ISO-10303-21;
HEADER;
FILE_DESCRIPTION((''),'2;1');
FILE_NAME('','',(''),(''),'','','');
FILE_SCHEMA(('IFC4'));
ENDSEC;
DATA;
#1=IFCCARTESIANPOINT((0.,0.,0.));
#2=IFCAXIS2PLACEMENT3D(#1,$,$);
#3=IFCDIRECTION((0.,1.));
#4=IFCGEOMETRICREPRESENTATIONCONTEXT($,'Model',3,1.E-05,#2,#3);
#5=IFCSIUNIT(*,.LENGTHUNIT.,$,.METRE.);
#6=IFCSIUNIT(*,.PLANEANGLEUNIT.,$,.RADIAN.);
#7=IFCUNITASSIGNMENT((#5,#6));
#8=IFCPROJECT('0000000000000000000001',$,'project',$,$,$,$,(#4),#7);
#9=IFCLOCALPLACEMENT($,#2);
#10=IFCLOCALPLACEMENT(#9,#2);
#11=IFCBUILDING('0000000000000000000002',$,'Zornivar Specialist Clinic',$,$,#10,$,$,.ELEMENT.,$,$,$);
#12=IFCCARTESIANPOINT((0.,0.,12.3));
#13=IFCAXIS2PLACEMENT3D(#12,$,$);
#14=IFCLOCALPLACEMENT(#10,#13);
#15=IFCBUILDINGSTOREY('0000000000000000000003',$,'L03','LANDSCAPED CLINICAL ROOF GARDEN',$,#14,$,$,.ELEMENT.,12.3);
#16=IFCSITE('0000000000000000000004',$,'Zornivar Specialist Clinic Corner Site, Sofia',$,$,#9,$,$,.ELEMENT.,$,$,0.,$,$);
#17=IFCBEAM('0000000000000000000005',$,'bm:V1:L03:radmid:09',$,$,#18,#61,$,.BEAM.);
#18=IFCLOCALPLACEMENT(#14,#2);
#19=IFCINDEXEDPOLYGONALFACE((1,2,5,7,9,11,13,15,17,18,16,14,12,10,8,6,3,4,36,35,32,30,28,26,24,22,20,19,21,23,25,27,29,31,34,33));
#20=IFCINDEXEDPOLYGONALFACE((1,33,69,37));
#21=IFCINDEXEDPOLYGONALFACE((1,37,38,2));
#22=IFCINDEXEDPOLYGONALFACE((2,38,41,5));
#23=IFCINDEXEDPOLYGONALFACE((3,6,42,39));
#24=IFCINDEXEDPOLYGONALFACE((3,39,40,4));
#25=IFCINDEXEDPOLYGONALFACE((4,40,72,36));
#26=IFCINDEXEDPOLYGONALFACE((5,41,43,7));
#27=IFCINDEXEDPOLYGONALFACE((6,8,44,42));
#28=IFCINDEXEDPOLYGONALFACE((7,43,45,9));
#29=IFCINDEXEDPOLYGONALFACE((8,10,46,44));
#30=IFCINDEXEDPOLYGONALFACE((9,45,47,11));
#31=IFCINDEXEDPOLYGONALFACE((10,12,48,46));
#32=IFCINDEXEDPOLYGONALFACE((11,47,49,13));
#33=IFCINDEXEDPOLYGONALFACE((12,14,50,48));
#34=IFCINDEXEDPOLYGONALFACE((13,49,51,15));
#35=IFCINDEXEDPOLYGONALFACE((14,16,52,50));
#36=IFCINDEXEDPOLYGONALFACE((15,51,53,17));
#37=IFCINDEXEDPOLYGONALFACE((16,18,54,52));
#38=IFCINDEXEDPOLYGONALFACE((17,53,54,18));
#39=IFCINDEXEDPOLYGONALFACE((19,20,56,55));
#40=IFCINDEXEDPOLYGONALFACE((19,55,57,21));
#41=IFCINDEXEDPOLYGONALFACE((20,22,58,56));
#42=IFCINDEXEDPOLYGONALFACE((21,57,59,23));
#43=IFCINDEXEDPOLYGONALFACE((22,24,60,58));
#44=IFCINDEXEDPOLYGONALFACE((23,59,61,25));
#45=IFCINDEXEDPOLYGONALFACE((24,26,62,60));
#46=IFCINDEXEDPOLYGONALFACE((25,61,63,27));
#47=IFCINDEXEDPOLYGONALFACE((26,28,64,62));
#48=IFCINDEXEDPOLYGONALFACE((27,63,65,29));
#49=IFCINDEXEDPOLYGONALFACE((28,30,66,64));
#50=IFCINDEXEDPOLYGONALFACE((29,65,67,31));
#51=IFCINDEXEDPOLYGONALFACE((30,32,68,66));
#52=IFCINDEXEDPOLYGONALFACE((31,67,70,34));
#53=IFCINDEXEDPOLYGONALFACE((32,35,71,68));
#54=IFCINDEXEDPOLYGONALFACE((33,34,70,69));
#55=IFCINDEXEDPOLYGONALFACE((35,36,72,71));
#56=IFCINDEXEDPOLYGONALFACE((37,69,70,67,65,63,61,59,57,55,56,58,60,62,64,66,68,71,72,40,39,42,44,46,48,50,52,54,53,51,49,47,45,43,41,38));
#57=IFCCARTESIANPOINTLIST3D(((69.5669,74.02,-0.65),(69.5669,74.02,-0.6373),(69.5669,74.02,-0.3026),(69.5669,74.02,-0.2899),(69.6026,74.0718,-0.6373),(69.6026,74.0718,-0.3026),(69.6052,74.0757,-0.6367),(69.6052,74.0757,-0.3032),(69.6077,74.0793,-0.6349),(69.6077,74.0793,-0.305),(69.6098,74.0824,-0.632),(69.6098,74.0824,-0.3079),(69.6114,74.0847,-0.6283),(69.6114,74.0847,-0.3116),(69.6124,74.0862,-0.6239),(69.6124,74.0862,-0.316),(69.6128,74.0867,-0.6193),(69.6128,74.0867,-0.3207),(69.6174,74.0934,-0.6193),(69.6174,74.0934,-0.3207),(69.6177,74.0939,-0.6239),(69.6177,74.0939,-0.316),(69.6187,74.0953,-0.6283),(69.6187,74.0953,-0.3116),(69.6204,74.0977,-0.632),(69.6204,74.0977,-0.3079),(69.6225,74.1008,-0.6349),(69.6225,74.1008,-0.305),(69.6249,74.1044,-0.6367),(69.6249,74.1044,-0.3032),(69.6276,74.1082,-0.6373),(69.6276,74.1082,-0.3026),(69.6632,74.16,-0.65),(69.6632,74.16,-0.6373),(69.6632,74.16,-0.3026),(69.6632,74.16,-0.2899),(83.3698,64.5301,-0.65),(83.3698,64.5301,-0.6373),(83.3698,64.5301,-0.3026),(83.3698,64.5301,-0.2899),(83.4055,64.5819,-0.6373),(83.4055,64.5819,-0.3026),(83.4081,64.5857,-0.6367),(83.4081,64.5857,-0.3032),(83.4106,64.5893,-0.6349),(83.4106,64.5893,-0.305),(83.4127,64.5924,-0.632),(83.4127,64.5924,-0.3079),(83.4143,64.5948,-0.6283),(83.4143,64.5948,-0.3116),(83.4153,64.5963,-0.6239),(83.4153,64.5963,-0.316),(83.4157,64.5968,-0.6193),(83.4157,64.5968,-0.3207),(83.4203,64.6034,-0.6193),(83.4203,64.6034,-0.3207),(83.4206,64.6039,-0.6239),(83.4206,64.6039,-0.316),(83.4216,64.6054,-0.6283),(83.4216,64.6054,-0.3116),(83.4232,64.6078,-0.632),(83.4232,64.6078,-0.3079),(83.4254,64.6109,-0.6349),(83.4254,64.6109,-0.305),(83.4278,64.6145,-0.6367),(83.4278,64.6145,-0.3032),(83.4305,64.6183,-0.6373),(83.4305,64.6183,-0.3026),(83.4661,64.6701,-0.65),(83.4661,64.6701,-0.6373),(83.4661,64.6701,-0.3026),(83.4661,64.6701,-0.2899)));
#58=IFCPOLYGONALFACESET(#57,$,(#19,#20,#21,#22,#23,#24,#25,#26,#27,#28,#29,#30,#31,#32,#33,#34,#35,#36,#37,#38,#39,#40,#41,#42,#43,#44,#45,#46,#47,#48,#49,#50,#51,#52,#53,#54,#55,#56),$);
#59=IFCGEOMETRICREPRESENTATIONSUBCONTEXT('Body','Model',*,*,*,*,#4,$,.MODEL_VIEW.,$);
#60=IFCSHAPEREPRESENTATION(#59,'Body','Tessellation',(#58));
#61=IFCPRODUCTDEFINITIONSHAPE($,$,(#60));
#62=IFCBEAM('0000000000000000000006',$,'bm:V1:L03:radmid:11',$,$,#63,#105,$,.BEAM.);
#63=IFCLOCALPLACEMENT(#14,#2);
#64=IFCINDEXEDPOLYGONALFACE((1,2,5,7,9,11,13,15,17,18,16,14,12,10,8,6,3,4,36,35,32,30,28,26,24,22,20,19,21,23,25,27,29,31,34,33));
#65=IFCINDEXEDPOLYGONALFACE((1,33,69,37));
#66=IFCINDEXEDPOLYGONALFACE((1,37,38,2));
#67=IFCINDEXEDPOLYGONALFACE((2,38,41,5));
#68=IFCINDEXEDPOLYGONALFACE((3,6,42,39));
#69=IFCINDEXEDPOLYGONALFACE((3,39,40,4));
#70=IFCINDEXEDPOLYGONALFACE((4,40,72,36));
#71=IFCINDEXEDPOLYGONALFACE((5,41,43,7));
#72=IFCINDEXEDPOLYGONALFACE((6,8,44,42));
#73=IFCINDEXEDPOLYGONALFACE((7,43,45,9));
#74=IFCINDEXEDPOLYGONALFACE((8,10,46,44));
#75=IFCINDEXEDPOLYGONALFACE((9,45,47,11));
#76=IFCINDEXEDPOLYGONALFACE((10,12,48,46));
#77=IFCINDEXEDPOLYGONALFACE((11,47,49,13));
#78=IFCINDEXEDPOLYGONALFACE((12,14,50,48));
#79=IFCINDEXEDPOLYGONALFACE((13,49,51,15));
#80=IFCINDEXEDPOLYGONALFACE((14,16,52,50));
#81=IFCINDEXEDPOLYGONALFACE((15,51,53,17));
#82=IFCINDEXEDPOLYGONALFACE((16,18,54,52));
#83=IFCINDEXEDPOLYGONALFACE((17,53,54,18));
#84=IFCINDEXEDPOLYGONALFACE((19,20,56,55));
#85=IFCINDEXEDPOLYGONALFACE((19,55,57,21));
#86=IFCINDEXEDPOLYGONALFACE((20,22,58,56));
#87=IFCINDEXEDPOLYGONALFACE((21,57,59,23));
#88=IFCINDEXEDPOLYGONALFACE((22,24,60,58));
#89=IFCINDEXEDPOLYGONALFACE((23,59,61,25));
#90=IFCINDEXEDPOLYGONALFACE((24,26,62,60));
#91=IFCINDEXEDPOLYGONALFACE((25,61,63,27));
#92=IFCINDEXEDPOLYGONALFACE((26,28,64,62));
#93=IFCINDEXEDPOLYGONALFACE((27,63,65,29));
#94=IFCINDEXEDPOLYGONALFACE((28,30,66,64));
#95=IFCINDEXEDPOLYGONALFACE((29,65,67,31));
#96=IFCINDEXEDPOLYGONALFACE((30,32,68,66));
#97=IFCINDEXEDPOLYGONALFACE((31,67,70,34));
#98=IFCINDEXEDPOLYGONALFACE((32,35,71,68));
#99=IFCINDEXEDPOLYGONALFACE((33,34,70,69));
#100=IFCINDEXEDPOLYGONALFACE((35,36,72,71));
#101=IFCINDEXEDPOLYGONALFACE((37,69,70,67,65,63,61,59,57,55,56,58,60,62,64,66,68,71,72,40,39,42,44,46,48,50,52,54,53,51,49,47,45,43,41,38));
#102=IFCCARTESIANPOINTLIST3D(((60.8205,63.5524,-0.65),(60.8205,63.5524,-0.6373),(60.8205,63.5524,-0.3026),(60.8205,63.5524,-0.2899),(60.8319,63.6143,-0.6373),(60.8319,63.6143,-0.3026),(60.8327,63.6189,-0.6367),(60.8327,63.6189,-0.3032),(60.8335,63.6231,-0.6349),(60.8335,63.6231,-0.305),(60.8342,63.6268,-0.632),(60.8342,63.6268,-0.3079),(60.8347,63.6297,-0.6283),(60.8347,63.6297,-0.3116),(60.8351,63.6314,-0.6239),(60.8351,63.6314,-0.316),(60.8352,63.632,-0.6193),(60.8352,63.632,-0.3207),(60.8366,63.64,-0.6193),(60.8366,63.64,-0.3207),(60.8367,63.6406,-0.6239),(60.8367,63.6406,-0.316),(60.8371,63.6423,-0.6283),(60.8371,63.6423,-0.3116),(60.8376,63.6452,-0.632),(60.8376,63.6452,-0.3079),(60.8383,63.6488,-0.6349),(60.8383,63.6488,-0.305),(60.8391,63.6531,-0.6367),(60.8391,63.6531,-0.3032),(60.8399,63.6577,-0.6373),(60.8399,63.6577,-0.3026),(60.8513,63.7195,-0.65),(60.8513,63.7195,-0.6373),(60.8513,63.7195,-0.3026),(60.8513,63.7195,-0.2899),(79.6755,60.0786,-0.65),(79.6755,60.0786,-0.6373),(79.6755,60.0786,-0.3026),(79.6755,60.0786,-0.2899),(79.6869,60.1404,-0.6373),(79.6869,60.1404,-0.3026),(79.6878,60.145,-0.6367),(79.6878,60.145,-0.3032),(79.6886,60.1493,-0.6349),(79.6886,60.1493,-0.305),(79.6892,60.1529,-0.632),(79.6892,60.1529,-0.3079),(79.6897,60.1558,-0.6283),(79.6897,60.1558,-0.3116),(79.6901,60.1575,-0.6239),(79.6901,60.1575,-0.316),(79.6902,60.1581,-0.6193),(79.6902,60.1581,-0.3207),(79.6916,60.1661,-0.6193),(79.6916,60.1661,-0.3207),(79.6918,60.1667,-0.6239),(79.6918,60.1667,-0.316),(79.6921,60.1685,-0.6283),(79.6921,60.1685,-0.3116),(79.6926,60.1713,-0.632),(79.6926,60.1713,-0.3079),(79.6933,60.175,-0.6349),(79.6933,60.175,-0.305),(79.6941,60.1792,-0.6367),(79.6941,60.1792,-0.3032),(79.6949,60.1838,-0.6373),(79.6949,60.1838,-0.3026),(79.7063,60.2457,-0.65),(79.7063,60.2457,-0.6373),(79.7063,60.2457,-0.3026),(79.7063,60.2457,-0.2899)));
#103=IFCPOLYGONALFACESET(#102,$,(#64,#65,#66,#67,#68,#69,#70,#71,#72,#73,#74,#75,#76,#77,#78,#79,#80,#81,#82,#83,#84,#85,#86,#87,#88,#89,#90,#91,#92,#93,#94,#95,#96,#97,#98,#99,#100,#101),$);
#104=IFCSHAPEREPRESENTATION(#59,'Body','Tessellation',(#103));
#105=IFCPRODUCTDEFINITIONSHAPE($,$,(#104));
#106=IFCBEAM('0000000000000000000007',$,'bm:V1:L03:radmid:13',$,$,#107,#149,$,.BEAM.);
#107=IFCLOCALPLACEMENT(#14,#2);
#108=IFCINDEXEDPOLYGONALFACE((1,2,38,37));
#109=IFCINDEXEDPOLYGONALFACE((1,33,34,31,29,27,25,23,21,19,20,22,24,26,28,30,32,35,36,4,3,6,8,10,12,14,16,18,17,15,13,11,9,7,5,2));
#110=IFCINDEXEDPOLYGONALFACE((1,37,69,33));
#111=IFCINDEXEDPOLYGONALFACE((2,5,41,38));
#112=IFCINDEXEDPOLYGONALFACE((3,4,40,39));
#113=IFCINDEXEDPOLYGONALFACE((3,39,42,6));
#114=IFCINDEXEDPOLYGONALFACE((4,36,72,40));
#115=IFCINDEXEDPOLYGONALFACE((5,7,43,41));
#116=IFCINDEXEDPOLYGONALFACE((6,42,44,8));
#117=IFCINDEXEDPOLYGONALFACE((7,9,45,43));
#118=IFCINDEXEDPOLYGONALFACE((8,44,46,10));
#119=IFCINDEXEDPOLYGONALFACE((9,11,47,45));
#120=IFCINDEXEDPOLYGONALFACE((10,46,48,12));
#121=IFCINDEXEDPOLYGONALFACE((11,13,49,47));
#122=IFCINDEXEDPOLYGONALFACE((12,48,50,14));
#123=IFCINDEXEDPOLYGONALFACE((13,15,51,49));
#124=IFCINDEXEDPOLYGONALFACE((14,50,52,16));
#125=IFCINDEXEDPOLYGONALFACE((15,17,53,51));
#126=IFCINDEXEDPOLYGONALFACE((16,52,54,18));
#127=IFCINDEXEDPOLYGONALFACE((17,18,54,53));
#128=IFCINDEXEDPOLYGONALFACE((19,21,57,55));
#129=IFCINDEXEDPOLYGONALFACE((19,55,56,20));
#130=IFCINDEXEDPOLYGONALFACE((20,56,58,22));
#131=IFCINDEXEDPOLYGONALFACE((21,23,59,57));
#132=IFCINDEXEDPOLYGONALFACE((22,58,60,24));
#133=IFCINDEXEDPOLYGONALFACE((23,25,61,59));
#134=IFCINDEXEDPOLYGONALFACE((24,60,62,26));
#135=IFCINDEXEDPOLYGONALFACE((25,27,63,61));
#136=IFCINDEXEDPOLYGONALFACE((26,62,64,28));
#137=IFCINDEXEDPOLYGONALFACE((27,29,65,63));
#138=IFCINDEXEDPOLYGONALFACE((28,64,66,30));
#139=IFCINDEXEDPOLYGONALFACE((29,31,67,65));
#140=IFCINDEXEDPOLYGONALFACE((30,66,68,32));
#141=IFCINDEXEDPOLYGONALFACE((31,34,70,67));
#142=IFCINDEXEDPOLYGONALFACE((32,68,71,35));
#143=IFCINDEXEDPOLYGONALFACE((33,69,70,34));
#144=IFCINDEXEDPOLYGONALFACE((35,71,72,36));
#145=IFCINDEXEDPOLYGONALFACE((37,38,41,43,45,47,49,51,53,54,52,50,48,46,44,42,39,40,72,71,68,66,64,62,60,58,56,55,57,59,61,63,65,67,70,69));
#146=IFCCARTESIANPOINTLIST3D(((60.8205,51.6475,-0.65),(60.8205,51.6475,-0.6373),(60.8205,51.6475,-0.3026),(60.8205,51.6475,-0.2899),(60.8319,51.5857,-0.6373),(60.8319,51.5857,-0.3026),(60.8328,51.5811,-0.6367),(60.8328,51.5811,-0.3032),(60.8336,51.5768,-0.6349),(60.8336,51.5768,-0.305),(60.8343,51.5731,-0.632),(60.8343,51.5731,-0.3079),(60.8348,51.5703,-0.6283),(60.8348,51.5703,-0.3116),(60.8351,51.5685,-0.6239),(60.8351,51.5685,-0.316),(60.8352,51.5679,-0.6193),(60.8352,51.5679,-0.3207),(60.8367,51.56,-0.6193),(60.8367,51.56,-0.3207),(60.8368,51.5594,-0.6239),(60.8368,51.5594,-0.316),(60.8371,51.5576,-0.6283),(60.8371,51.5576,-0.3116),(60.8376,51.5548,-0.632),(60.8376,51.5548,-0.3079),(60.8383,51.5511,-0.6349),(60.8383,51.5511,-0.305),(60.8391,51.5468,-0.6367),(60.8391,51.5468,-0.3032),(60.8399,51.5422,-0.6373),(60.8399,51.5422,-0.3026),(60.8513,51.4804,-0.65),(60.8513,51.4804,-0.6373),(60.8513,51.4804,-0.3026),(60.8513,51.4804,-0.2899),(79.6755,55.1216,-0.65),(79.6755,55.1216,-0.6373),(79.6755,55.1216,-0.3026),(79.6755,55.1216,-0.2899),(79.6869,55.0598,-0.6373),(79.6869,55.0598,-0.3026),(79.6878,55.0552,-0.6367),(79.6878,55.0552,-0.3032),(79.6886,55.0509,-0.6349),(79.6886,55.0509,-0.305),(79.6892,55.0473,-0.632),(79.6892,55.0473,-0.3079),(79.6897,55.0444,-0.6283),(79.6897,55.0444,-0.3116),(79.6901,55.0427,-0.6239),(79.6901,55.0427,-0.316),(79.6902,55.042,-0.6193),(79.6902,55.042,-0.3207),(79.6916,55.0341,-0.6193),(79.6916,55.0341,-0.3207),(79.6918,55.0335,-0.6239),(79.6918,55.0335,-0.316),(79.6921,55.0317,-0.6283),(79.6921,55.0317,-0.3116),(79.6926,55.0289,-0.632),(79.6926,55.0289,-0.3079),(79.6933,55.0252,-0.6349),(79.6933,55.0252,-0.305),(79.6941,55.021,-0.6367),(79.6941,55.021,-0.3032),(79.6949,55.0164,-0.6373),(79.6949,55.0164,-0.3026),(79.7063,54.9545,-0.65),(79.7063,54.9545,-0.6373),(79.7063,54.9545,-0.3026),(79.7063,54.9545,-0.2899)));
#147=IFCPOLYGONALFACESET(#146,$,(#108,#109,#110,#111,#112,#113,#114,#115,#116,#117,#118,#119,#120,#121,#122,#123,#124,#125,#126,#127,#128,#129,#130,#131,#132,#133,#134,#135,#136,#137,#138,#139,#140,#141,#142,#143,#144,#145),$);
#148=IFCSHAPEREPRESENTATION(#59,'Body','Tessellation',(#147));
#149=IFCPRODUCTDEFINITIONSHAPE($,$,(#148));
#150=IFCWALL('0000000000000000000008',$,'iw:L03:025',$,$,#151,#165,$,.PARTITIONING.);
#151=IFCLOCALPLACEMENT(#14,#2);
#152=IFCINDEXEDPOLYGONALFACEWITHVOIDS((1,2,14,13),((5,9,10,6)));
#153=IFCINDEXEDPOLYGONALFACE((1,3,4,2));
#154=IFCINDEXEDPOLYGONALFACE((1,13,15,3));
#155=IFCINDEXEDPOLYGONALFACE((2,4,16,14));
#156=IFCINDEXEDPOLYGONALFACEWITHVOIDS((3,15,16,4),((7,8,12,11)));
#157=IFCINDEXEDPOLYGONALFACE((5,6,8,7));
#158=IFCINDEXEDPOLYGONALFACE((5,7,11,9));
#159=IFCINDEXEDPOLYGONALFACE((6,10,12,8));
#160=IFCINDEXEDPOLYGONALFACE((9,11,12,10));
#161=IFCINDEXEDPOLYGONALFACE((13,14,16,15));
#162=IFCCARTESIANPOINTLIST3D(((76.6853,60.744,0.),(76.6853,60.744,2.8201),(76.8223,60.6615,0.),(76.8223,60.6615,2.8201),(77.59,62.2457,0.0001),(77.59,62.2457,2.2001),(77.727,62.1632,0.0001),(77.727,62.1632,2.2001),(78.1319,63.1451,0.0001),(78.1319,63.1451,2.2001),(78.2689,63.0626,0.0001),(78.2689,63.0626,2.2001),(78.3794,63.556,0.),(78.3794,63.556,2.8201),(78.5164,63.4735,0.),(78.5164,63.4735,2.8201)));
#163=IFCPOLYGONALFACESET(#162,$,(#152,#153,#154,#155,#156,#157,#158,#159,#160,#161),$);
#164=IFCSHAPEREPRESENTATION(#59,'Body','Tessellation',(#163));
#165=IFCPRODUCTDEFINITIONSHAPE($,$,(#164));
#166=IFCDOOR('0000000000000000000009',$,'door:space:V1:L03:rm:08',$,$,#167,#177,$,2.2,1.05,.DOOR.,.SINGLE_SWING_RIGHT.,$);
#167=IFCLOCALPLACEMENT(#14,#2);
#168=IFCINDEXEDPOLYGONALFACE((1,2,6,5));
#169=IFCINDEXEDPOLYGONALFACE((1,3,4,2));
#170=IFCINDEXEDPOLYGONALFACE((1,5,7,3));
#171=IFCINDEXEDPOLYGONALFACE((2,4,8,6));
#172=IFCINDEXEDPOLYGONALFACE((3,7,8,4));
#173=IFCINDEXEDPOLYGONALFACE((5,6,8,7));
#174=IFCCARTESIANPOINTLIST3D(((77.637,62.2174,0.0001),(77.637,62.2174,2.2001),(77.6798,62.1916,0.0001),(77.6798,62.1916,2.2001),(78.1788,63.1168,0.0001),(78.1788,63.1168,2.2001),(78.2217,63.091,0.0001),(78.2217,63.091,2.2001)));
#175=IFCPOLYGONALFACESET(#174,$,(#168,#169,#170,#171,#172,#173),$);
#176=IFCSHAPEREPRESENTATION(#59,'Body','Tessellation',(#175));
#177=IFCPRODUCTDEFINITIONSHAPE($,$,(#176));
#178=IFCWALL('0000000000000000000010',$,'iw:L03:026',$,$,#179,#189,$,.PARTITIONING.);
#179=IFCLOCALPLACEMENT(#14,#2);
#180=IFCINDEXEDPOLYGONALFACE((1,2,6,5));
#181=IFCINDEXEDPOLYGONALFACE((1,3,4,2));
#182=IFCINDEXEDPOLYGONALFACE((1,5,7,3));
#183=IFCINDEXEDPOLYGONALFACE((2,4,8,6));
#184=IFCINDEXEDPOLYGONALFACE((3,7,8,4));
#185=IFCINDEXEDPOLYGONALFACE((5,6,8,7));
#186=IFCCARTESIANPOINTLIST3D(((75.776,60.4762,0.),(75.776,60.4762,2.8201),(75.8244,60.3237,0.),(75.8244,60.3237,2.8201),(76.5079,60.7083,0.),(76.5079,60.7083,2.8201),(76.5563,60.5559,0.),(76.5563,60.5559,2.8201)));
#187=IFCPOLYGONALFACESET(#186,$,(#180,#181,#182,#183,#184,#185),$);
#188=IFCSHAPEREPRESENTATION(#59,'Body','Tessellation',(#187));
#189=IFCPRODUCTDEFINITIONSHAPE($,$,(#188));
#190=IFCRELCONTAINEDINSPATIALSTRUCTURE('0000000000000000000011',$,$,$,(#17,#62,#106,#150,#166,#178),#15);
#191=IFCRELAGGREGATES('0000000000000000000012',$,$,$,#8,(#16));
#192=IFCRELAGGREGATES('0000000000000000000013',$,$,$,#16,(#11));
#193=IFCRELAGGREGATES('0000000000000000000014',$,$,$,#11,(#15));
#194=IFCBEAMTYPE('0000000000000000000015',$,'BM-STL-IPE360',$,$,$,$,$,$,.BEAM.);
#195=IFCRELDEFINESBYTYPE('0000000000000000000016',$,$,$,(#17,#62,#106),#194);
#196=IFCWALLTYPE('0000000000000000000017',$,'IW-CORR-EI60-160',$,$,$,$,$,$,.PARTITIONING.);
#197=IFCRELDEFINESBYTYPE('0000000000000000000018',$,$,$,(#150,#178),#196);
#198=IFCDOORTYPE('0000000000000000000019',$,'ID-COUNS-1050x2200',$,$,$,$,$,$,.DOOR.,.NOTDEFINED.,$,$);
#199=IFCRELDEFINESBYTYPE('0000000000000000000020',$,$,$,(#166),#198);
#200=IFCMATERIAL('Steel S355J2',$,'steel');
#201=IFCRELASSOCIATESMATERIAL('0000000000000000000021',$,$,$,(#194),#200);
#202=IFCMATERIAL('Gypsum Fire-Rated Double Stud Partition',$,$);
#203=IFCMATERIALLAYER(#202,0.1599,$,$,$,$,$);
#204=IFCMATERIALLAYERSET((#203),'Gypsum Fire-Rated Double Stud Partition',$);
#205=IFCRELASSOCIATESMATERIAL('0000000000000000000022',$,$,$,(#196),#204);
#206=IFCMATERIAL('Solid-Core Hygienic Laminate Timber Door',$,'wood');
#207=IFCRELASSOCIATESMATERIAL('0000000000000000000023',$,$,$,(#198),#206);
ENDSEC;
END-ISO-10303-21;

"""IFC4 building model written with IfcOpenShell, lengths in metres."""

from ifc_helpers import new_model, si_unit, direction, frame, frame_2d, origin, origin_2d, place, context, subcontext, project, spatial, rectangle, i_section, extrude, material, layer, layer_set, material_profile, profile_set, type_object, element, fill, save


model = new_model("IFC4")

# Units and contexts
model_context = context("Model", 3, precision=1e-05, world=origin(), true_north=direction((0.0, 1.0)))
body_context = subcontext(model_context, "Body", "Model", "MODEL_VIEW")
ifc_project = project(units=[si_unit("LENGTHUNIT", "METRE"), si_unit("PLANEANGLEUNIT", "RADIAN")], contexts=[model_context])

# Site, building, storey
site_placement = place(None, origin())
site = spatial("IfcSite", under=ifc_project, at=site_placement, Name="Zornivar Specialist Clinic Corner Site, Sofia", CompositionType="ELEMENT", RefElevation=0.0)
building_placement = place(site_placement, origin())
building = spatial("IfcBuilding", under=site, at=building_placement, Name="Zornivar Specialist Clinic", CompositionType="ELEMENT")
storey_placement = place(building_placement, frame((0.0, 0.0, 12.3)))
storey = spatial("IfcBuildingStorey", under=building, at=storey_placement, Name="L03", Description="LANDSCAPED CLINICAL ROOF GARDEN", CompositionType="ELEMENT", Elevation=12.3)

# Beams
ifc_material_1 = material(Name="Steel S355J2", Category="steel")
ifc_material_profile_1 = material_profile(ifc_material_1, i_section(OverallWidth=0.1699, OverallDepth=0.3601, WebThickness=0.0081, FlangeThickness=0.0127, FilletRadius=0.0181, at=origin_2d()), Name="IPE 360")
ifc_profile_set_1 = profile_set([ifc_material_profile_1], Name="Steel S355J2")
beam_type_1 = type_object("IfcBeamType", Name="BM-STL-IPE360", PredefinedType="BEAM", material=ifc_profile_set_1)
beam_1_placement = place(storey_placement, frame((83.418, 64.6001, -0.47), z_axis=(-0.82403, 0.566547, 0.0), x_axis=(-0.566547, -0.82403, 0.0)))
element("IfcBeam", 1, at=beam_1_placement, inside=storey, type_object=beam_type_1, Name="bm:V1:L03:radmid:09", PredefinedType="BEAM", context=body_context, shape_type="SweptSolid", body=[
    extrude(i_section(OverallWidth=0.1699, OverallDepth=0.3601, WebThickness=0.0081, FlangeThickness=0.0127, FilletRadius=0.0181, at=origin_2d()), origin(), (0.0, 0.0, 1.0), 16.7505),
])
for number, where, z_axis, x_axis, name in (
    (2, (79.6909, 60.1621, -0.47), (-0.983448, 0.181192, 0.0), (-0.181192, -0.983448, 0.0), "bm:V1:L03:radmid:11"),
    (3, (79.6909, 55.0381, -0.47), (-0.983445, -0.181205, 0.0), (0.181205, -0.983445, 0.0), "bm:V1:L03:radmid:13"),
):
    element("IfcBeam", number, at=place(storey_placement, frame(where, z_axis=z_axis, x_axis=x_axis)), inside=storey, type_object=beam_type_1, Name=name, PredefinedType="BEAM", context=body_context, shape_type="SweptSolid", body=[
        extrude(i_section(OverallWidth=0.1699, OverallDepth=0.3601, WebThickness=0.0081, FlangeThickness=0.0127, FilletRadius=0.0181, at=origin_2d()), origin(), (0.0, 0.0, 1.0), 19.1724),
    ])

# Wall, opening, door
ifc_material_2 = material(Name="Gypsum Fire-Rated Double Stud Partition")
ifc_layer_1 = layer(ifc_material_2, 0.1599)
ifc_layer_set_1 = layer_set([ifc_layer_1], Name="Gypsum Fire-Rated Double Stud Partition")
wall_type_1 = type_object("IfcWallType", Name="IW-CORR-EI60-160", PredefinedType="PARTITIONING", material=ifc_layer_set_1)
wall_1_placement = place(storey_placement, frame((78.448, 63.5149, 0.0), z_axis=(0.0, 0.0, 1.0), x_axis=(-0.516037, -0.856566, 0.0)))
wall_1 = element("IfcWall", 4, at=wall_1_placement, inside=storey, type_object=wall_type_1, Name="iw:L03:025", PredefinedType="PARTITIONING", context=body_context, shape_type="SweptSolid", body=[
    extrude(rectangle(XDim=3.283, YDim=0.1599, at=frame_2d((1.6416, 0.0))), origin(), (0.0, 0.0, 1.0), 2.8201),
])
opening_1_placement = place(wall_1_placement, frame((0.48, 0.0, 0.0)))
opening_1 = element("IfcOpeningElement", 5, at=opening_1_placement, cuts=wall_1, PredefinedType="OPENING", context=body_context, shape_type="SweptSolid", body=[
    extrude(rectangle(XDim=1.05, YDim=2.2, at=frame_2d((0.5249, 1.1001))), frame((0.0, 0.0898, 0.0), z_axis=(0.0, -1.0, 0.0), x_axis=(1.0, 0.0, 0.0)), (0.0, 0.0, 1.0), 0.1799),
])
ifc_material_3 = material(Name="Solid-Core Hygienic Laminate Timber Door", Category="wood")
door_type_1 = type_object("IfcDoorType", Name="ID-COUNS-1050x2200", OperationType="NOTDEFINED", PredefinedType="DOOR", material=ifc_material_3)
door_1_placement = place(opening_1_placement, origin())
door_1 = element("IfcDoor", 6, at=door_1_placement, inside=storey, type_object=door_type_1, Name="door:space:V1:L03:rm:08", OperationType="SINGLE_SWING_RIGHT", OverallHeight=2.2, OverallWidth=1.05, PredefinedType="DOOR", context=body_context, shape_type="SweptSolid", body=[
    extrude(rectangle(XDim=1.05, YDim=2.2, at=frame_2d((0.5249, 1.1001))), frame((0.0, 0.0249, 0.0), z_axis=(0.0, -1.0, 0.0), x_axis=(1.0, 0.0, 0.0)), (0.0, 0.0, 1.0), 0.05),
])
fill(opening_1, door_1)

# Wall
wall_2_placement = place(storey_placement, frame((76.532, 60.6321, 0.0), z_axis=(0.0, 0.0, 1.0), x_axis=(-0.953193, -0.302364, 0.0)))
element("IfcWall", 7, at=wall_2_placement, inside=storey, type_object=wall_type_1, Name="iw:L03:026", PredefinedType="PARTITIONING", context=body_context, shape_type="SweptSolid", body=[
    extrude(rectangle(XDim=0.7678, YDim=0.1599, at=frame_2d((0.3838, 0.0))), origin(), (0.0, 0.0, 1.0), 2.8201),
])

save(model, "model.ifc")
